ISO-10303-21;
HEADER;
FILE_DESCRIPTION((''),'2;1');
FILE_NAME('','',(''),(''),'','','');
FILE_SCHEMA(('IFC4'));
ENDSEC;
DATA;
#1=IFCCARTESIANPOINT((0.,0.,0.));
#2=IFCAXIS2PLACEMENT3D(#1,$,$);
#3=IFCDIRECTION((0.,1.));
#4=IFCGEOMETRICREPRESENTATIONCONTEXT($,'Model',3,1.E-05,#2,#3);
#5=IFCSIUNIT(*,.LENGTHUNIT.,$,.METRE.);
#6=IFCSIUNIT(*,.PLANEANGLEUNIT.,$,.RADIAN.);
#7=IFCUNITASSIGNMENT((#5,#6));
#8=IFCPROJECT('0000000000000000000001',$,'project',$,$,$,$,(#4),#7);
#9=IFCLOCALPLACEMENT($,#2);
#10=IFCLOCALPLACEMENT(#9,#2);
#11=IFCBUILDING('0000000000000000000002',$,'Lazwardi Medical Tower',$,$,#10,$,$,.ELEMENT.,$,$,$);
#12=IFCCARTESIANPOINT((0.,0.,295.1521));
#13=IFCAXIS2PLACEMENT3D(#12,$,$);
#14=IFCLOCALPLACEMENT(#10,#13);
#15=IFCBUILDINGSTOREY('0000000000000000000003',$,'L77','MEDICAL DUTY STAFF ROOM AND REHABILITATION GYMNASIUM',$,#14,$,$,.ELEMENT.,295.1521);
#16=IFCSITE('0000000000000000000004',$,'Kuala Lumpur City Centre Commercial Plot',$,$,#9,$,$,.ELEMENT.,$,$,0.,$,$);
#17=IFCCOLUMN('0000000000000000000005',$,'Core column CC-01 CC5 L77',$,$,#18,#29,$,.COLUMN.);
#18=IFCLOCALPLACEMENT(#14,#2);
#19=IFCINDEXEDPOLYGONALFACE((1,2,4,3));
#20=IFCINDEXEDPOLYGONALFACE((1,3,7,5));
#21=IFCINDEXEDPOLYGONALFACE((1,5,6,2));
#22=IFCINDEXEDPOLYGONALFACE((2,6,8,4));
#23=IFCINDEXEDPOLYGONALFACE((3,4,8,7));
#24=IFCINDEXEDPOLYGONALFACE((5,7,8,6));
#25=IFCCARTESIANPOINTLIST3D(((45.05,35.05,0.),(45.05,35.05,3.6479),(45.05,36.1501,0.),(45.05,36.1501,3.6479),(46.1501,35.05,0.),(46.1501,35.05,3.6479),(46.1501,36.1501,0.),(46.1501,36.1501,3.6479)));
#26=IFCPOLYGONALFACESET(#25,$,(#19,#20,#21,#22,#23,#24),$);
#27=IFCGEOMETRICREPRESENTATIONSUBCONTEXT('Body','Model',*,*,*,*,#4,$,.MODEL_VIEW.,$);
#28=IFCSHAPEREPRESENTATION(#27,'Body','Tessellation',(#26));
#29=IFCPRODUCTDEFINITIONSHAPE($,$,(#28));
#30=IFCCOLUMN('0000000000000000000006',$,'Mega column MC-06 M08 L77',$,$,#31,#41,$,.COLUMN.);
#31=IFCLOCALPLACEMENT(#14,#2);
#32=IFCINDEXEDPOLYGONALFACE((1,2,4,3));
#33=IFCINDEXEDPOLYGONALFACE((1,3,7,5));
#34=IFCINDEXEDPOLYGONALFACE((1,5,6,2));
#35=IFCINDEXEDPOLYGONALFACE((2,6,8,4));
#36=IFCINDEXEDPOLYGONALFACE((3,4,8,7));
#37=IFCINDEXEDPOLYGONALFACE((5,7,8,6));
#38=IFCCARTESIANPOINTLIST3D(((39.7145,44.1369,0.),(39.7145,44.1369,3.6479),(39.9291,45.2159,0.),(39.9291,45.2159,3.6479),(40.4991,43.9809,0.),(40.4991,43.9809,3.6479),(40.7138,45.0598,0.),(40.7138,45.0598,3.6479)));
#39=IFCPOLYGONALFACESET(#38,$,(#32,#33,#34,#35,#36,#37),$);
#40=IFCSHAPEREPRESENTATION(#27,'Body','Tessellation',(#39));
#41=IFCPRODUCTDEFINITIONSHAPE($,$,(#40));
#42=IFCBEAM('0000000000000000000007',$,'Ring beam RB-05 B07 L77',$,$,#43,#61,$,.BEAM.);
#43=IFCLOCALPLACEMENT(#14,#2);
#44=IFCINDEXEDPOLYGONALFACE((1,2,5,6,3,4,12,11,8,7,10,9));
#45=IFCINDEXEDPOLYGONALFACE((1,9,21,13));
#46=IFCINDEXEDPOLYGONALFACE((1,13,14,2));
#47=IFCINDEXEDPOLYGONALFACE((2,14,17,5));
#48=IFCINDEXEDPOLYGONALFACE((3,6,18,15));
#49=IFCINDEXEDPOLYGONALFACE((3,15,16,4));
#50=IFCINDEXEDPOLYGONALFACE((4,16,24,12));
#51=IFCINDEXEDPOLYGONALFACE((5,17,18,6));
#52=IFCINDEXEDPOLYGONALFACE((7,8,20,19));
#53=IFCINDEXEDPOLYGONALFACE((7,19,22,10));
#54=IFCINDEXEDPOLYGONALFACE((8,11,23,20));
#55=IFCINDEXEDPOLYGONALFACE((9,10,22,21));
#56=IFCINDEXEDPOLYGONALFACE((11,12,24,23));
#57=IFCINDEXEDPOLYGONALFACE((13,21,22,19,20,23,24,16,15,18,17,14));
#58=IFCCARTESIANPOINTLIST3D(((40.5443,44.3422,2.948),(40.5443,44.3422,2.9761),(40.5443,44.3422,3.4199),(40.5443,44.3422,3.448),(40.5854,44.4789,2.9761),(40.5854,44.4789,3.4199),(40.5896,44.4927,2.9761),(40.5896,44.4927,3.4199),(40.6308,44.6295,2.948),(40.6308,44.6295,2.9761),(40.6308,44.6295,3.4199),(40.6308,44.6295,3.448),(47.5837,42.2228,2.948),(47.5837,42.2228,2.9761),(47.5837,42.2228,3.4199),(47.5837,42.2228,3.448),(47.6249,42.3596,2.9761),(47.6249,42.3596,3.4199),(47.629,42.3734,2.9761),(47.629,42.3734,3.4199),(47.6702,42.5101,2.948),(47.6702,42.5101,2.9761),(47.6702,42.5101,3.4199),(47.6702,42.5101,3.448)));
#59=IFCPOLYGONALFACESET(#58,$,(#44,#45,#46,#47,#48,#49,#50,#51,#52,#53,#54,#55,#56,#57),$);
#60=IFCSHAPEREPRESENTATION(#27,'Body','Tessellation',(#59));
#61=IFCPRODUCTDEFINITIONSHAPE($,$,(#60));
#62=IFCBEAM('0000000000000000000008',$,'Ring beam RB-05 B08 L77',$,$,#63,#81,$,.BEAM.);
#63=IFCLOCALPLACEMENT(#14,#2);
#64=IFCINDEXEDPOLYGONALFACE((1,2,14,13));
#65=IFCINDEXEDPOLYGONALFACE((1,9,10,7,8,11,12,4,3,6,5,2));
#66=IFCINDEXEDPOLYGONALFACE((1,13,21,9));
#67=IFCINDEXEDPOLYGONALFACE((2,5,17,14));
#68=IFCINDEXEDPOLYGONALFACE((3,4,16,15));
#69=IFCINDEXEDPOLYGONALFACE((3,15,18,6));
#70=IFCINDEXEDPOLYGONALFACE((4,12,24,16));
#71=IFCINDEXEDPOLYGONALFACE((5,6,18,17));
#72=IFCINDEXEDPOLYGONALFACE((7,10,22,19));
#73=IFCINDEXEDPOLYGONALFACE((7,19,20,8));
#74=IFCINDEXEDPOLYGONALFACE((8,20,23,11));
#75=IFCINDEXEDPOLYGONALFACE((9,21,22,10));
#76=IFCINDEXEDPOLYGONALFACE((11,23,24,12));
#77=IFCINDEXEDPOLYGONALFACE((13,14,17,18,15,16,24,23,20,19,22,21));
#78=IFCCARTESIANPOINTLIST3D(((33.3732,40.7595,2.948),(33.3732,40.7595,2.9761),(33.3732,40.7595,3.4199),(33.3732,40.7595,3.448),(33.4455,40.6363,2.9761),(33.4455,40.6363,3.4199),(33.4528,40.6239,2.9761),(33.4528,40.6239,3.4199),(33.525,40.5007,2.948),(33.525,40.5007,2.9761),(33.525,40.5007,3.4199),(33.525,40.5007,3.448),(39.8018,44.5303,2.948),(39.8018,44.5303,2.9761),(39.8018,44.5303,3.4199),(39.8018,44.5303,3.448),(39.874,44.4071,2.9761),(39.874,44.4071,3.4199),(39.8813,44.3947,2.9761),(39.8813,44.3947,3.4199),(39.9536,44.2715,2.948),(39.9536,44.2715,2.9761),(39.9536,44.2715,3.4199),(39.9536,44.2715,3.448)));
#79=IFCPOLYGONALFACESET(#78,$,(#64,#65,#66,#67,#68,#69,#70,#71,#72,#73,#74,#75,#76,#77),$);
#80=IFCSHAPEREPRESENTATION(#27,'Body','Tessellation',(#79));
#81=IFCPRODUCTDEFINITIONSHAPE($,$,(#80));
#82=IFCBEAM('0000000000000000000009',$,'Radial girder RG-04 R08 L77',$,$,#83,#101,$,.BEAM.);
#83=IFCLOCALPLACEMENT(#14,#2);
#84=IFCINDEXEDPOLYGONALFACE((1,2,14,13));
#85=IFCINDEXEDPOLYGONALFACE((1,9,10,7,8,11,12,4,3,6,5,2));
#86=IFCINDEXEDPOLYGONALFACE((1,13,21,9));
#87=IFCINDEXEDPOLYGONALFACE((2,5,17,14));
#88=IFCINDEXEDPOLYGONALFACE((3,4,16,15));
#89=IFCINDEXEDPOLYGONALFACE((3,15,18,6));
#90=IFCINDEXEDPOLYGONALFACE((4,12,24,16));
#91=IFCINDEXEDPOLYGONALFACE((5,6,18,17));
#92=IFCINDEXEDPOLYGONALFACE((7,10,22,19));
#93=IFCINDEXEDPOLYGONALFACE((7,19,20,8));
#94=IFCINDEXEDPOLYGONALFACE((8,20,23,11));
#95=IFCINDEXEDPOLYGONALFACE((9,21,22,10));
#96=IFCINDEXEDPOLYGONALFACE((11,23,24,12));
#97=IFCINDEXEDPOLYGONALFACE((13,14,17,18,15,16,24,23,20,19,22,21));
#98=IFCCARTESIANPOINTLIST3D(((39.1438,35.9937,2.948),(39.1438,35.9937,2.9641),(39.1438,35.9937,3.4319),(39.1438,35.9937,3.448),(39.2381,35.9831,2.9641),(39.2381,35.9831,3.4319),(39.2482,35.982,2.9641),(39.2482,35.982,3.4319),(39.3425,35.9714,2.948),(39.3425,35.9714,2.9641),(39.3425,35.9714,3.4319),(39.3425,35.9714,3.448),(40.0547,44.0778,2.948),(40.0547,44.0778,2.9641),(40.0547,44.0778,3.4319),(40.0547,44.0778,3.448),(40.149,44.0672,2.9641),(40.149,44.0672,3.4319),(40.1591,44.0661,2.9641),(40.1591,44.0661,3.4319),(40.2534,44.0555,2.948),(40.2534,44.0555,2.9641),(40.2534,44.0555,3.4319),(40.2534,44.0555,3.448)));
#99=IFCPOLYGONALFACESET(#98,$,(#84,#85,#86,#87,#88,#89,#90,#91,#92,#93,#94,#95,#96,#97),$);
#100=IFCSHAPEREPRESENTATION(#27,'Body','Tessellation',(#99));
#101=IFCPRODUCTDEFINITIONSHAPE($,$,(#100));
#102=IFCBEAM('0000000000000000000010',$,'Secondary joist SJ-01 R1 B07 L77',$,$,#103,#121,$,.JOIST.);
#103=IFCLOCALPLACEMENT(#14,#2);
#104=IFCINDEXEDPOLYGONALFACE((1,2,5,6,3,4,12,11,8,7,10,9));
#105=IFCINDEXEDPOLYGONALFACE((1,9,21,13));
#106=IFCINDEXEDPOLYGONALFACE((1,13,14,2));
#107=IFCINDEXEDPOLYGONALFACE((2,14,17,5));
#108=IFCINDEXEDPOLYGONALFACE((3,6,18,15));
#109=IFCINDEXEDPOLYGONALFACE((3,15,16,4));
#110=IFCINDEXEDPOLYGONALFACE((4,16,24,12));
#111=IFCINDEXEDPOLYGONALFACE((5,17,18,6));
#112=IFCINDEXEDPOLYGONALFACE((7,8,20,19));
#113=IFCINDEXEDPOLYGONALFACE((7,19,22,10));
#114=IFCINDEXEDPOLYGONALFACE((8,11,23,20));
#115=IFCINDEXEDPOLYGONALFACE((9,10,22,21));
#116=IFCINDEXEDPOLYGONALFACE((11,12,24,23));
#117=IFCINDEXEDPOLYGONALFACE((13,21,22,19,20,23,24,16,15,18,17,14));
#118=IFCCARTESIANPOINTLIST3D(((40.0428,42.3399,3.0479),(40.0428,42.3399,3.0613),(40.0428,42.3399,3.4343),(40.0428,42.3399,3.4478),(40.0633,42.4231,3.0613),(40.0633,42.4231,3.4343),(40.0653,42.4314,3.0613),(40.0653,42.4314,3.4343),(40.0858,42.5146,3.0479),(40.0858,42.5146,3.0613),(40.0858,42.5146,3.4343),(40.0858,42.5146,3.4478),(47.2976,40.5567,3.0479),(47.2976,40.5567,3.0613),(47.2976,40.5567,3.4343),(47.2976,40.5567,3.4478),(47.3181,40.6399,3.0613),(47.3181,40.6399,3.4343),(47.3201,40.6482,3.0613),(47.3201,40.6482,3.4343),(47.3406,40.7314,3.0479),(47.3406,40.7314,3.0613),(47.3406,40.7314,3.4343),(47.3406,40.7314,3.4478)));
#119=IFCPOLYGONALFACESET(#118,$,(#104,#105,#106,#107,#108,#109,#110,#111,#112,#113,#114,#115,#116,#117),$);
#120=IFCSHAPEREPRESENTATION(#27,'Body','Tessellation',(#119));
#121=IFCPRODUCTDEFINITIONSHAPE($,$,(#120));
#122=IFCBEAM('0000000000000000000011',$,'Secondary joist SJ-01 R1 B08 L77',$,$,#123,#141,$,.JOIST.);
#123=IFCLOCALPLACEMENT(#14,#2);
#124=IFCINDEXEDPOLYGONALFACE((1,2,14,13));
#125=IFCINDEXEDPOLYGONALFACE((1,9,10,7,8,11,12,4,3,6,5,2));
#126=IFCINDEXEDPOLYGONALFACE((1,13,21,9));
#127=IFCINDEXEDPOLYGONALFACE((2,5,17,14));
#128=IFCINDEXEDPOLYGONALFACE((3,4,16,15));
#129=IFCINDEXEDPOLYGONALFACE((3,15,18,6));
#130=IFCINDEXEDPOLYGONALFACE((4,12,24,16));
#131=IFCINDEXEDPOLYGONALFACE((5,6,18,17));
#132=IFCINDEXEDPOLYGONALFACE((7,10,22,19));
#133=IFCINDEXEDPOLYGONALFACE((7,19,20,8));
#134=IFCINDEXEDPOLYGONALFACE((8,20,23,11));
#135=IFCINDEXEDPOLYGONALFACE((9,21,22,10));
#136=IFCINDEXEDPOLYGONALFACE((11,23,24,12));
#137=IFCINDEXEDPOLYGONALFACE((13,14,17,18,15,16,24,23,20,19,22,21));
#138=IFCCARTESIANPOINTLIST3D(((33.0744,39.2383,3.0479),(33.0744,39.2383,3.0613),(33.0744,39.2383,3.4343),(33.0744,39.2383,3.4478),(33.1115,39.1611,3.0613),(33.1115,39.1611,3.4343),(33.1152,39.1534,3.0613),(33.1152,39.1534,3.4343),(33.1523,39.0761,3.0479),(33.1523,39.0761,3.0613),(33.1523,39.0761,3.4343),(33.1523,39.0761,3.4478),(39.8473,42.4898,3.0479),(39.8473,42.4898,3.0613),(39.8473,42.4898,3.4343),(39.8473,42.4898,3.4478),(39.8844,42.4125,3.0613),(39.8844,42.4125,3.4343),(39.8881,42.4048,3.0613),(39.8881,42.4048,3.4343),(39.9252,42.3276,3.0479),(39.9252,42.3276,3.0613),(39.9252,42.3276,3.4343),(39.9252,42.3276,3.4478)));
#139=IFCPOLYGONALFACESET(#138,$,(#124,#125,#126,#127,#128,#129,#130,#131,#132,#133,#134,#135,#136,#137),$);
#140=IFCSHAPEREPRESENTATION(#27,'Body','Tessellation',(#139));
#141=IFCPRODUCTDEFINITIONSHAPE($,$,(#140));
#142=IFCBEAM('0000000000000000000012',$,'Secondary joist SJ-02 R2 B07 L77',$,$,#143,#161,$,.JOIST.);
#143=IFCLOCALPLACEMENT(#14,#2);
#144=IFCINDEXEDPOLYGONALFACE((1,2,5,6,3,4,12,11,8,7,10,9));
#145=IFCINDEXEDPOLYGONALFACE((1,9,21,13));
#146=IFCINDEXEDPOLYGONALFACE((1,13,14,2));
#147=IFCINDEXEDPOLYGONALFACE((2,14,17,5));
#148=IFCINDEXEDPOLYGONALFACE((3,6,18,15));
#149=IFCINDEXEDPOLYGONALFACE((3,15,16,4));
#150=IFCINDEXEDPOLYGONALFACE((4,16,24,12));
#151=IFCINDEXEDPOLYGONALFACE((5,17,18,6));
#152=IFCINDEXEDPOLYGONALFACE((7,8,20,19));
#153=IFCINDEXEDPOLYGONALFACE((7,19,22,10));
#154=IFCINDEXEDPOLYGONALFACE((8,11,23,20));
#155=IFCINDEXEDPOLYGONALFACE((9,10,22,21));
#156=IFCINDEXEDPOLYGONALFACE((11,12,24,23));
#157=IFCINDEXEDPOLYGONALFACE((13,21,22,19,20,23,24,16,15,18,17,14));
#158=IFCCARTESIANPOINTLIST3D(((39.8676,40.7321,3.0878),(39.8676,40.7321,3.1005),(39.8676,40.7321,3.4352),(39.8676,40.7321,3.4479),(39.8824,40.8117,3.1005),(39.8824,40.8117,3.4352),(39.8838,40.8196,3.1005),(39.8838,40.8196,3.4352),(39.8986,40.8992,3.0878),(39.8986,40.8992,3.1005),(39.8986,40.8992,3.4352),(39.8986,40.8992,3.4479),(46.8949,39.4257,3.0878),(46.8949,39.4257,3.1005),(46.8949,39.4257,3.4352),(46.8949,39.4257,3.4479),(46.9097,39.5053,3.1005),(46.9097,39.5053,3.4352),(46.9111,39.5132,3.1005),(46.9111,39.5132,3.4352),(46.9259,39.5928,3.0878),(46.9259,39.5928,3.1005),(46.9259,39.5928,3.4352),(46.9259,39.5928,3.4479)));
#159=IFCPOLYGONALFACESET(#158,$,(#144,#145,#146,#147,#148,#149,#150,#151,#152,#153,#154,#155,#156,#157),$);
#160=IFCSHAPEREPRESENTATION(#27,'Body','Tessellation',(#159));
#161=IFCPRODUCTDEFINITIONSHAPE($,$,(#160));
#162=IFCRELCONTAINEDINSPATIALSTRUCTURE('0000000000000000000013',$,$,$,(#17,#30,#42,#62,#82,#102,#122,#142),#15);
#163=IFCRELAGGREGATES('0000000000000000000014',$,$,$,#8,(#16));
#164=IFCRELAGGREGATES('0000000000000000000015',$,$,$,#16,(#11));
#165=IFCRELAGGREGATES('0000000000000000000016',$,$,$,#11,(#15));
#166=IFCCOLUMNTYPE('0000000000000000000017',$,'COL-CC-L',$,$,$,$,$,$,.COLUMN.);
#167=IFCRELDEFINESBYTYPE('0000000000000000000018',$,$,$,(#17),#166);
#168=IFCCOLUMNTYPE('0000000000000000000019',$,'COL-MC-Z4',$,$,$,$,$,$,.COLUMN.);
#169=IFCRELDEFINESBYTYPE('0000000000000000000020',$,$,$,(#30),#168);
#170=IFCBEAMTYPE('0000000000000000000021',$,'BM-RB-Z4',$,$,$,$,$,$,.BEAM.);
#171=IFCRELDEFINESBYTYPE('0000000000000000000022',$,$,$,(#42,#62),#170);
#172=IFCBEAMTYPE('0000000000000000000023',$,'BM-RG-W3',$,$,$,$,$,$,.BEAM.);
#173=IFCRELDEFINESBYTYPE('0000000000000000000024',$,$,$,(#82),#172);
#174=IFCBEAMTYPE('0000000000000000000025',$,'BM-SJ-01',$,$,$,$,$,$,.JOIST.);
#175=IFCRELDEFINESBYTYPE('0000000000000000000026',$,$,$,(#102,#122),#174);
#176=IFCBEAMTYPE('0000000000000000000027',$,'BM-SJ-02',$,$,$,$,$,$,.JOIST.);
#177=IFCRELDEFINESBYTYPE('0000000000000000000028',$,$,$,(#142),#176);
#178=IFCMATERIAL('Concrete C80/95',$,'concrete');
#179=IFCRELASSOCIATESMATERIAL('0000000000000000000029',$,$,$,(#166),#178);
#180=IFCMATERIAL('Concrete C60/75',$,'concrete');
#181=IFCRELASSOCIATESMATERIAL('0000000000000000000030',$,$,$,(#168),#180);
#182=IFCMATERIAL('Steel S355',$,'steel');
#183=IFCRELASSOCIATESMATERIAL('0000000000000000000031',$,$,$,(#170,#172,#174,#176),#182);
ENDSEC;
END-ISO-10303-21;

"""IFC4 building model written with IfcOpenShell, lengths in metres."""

from ifc_helpers import new_model, si_unit, direction, frame, origin, origin_2d, place, context, subcontext, project, spatial, rectangle, i_section, extrude, material, material_profile, profile_set, type_object, element, save


model = new_model("IFC4")

# Units and contexts
model_context = context("Model", 3, precision=1e-05, world=origin(), true_north=direction((0.0, 1.0)))
body_context = subcontext(model_context, "Body", "Model", "MODEL_VIEW")
ifc_project = project(units=[si_unit("LENGTHUNIT", "METRE"), si_unit("PLANEANGLEUNIT", "RADIAN")], contexts=[model_context])

# Site, building, storey
site_placement = place(None, origin())
site = spatial("IfcSite", under=ifc_project, at=site_placement, Name="Kuala Lumpur City Centre Commercial Plot", CompositionType="ELEMENT", RefElevation=0.0)
building_placement = place(site_placement, origin())
building = spatial("IfcBuilding", under=site, at=building_placement, Name="Lazwardi Medical Tower", CompositionType="ELEMENT")
storey_placement = place(building_placement, frame((0.0, 0.0, 295.1521)))
storey = spatial("IfcBuildingStorey", under=building, at=storey_placement, Name="L77", Description="MEDICAL DUTY STAFF ROOM AND REHABILITATION GYMNASIUM", CompositionType="ELEMENT", Elevation=295.1521)

# Columns
ifc_material_1 = material(Name="Concrete C80/95", Category="concrete")
ifc_material_profile_1 = material_profile(ifc_material_1, rectangle(XDim=1.1001, YDim=1.1001, at=origin_2d()), Name="RC 1100x1100")
ifc_profile_set_1 = profile_set([ifc_material_profile_1], Name="Concrete C80/95")
column_type_1 = type_object("IfcColumnType", Name="COL-CC-L", PredefinedType="COLUMN", material=ifc_profile_set_1)
column_1_placement = place(storey_placement, frame((45.6001, 35.6001, 0.0), z_axis=(0.0, 0.0, 1.0), x_axis=(1.0, 0.0, 0.0)))
element("IfcColumn", 1, at=column_1_placement, inside=storey, type_object=column_type_1, Name="Core column CC-01 CC5 L77", PredefinedType="COLUMN", context=body_context, shape_type="SweptSolid", body=[
    extrude(rectangle(XDim=1.1001, YDim=1.1001, at=origin_2d()), origin(), (0.0, 0.0, 1.0), 3.6479),
])
ifc_material_2 = material(Name="Concrete C60/75", Category="concrete")
ifc_material_profile_2 = material_profile(ifc_material_2, rectangle(XDim=1.1001, YDim=0.8, at=origin_2d()), Name="CFT-RECT 1100x800")
ifc_profile_set_2 = profile_set([ifc_material_profile_2], Name="Concrete C60/75")
column_type_2 = type_object("IfcColumnType", Name="COL-MC-Z4", PredefinedType="COLUMN", material=ifc_profile_set_2)
column_2_placement = place(storey_placement, frame((40.2141, 44.5984, 0.0), z_axis=(0.0, 0.0, 1.0), x_axis=(0.19509, 0.980785, 0.0)))
element("IfcColumn", 2, at=column_2_placement, inside=storey, type_object=column_type_2, Name="Mega column MC-06 M08 L77", PredefinedType="COLUMN", context=body_context, shape_type="SweptSolid", body=[
    extrude(rectangle(XDim=1.1001, YDim=0.8, at=origin_2d()), origin(), (0.0, 0.0, 1.0), 3.6479),
])

# Beams
ifc_material_3 = material(Name="Steel S355", Category="steel")
ifc_material_profile_3 = material_profile(ifc_material_3, i_section(OverallWidth=0.3, OverallDepth=0.5, WebThickness=0.0144, FlangeThickness=0.0281, at=origin_2d()), Name="HEB 500")
ifc_profile_set_3 = profile_set([ifc_material_profile_3], Name="Steel S355")
beam_type_1 = type_object("IfcBeamType", Name="BM-RB-Z4", PredefinedType="BEAM", material=ifc_profile_set_3)
beam_1_placement = place(storey_placement, frame((47.627, 42.3665, 3.198), z_axis=(-0.957544, 0.288286, 0.0), x_axis=(-0.288286, -0.957544, 0.0)))
element("IfcBeam", 3, at=beam_1_placement, inside=storey, type_object=beam_type_1, Name="Ring beam RB-05 B07 L77", PredefinedType="BEAM", context=body_context, shape_type="SweptSolid", body=[
    extrude(i_section(OverallWidth=0.3, OverallDepth=0.5, WebThickness=0.0144, FlangeThickness=0.0281, at=origin_2d()), origin(), (0.0, 0.0, 1.0), 7.3516),
])
beam_2_placement = place(storey_placement, frame((39.8777, 44.4009, 3.198), z_axis=(-0.862561, -0.505953, 0.0), x_axis=(0.505953, -0.862561, 0.0)))
element("IfcBeam", 4, at=beam_2_placement, inside=storey, type_object=beam_type_1, Name="Ring beam RB-05 B08 L77", PredefinedType="BEAM", context=body_context, shape_type="SweptSolid", body=[
    extrude(i_section(OverallWidth=0.3, OverallDepth=0.5, WebThickness=0.0144, FlangeThickness=0.0281, at=origin_2d()), origin(), (0.0, 0.0, 1.0), 7.4529),
])
ifc_material_profile_4 = material_profile(ifc_material_3, i_section(OverallWidth=0.2, OverallDepth=0.5, WebThickness=0.0103, FlangeThickness=0.0161, at=origin_2d()), Name="IPE 500")
ifc_profile_set_4 = profile_set([ifc_material_profile_4], Name="Steel S355")
beam_type_2 = type_object("IfcBeamType", Name="BM-RG-W3", PredefinedType="BEAM", material=ifc_profile_set_4)
beam_3_placement = place(storey_placement, frame((40.1541, 44.0667, 3.198), z_axis=(-0.11197, -0.993712, 0.0), x_axis=(0.993712, -0.11197, 0.0)))
element("IfcBeam", 5, at=beam_3_placement, inside=storey, type_object=beam_type_2, Name="Radial girder RG-04 R08 L77", PredefinedType="BEAM", context=body_context, shape_type="SweptSolid", body=[
    extrude(i_section(OverallWidth=0.2, OverallDepth=0.5, WebThickness=0.0103, FlangeThickness=0.0161, at=origin_2d()), origin(), (0.0, 0.0, 1.0), 8.1353),
])
ifc_material_profile_5 = material_profile(ifc_material_3, i_section(OverallWidth=0.1799, OverallDepth=0.3999, WebThickness=0.0085, FlangeThickness=0.0134, at=origin_2d()), Name="IPE 400")
ifc_profile_set_5 = profile_set([ifc_material_profile_5], Name="Steel S355")
beam_type_3 = type_object("IfcBeamType", Name="BM-SJ-01", PredefinedType="JOIST", material=ifc_profile_set_5)
beam_4_placement = place(storey_placement, frame((47.3191, 40.644, 3.2478), z_axis=(-0.971096, 0.238689, 0.0), x_axis=(-0.238689, -0.971096, 0.0)))
element("IfcBeam", 6, at=beam_4_placement, inside=storey, type_object=beam_type_3, Name="Secondary joist SJ-01 R1 B07 L77", PredefinedType="JOIST", context=body_context, shape_type="SweptSolid", body=[
    extrude(i_section(OverallWidth=0.1799, OverallDepth=0.3999, WebThickness=0.0085, FlangeThickness=0.0134, at=origin_2d()), origin(), (0.0, 0.0, 1.0), 7.4707),
])
beam_5_placement = place(storey_placement, frame((39.8862, 42.4087, 3.2478), z_axis=(-0.9015, -0.43278, 0.0), x_axis=(0.43278, -0.9015, 0.0)))
element("IfcBeam", 7, at=beam_5_placement, inside=storey, type_object=beam_type_3, Name="Secondary joist SJ-01 R1 B08 L77", PredefinedType="JOIST", context=body_context, shape_type="SweptSolid", body=[
    extrude(i_section(OverallWidth=0.1799, OverallDepth=0.3999, WebThickness=0.0085, FlangeThickness=0.0134, at=origin_2d()), origin(), (0.0, 0.0, 1.0), 7.5129),
])
ifc_material_profile_6 = material_profile(ifc_material_3, i_section(OverallWidth=0.1699, OverallDepth=0.3601, WebThickness=0.0081, FlangeThickness=0.0127, at=origin_2d()), Name="IPE 360")
ifc_profile_set_6 = profile_set([ifc_material_profile_6], Name="Steel S355")
beam_type_4 = type_object("IfcBeamType", Name="BM-SJ-02", PredefinedType="JOIST", material=ifc_profile_set_6)
beam_6_placement = place(storey_placement, frame((46.9104, 39.5093, 3.2678), z_axis=(-0.983156, 0.18277, 0.0), x_axis=(-0.18277, -0.983156, 0.0)))
element("IfcBeam", 8, at=beam_6_placement, inside=storey, type_object=beam_type_4, Name="Secondary joist SJ-02 R2 B07 L77", PredefinedType="JOIST", context=body_context, shape_type="SweptSolid", body=[
    extrude(i_section(OverallWidth=0.1699, OverallDepth=0.3601, WebThickness=0.0081, FlangeThickness=0.0127, at=origin_2d()), origin(), (0.0, 0.0, 1.0), 7.1477),
])

save(model, "model.ifc")
